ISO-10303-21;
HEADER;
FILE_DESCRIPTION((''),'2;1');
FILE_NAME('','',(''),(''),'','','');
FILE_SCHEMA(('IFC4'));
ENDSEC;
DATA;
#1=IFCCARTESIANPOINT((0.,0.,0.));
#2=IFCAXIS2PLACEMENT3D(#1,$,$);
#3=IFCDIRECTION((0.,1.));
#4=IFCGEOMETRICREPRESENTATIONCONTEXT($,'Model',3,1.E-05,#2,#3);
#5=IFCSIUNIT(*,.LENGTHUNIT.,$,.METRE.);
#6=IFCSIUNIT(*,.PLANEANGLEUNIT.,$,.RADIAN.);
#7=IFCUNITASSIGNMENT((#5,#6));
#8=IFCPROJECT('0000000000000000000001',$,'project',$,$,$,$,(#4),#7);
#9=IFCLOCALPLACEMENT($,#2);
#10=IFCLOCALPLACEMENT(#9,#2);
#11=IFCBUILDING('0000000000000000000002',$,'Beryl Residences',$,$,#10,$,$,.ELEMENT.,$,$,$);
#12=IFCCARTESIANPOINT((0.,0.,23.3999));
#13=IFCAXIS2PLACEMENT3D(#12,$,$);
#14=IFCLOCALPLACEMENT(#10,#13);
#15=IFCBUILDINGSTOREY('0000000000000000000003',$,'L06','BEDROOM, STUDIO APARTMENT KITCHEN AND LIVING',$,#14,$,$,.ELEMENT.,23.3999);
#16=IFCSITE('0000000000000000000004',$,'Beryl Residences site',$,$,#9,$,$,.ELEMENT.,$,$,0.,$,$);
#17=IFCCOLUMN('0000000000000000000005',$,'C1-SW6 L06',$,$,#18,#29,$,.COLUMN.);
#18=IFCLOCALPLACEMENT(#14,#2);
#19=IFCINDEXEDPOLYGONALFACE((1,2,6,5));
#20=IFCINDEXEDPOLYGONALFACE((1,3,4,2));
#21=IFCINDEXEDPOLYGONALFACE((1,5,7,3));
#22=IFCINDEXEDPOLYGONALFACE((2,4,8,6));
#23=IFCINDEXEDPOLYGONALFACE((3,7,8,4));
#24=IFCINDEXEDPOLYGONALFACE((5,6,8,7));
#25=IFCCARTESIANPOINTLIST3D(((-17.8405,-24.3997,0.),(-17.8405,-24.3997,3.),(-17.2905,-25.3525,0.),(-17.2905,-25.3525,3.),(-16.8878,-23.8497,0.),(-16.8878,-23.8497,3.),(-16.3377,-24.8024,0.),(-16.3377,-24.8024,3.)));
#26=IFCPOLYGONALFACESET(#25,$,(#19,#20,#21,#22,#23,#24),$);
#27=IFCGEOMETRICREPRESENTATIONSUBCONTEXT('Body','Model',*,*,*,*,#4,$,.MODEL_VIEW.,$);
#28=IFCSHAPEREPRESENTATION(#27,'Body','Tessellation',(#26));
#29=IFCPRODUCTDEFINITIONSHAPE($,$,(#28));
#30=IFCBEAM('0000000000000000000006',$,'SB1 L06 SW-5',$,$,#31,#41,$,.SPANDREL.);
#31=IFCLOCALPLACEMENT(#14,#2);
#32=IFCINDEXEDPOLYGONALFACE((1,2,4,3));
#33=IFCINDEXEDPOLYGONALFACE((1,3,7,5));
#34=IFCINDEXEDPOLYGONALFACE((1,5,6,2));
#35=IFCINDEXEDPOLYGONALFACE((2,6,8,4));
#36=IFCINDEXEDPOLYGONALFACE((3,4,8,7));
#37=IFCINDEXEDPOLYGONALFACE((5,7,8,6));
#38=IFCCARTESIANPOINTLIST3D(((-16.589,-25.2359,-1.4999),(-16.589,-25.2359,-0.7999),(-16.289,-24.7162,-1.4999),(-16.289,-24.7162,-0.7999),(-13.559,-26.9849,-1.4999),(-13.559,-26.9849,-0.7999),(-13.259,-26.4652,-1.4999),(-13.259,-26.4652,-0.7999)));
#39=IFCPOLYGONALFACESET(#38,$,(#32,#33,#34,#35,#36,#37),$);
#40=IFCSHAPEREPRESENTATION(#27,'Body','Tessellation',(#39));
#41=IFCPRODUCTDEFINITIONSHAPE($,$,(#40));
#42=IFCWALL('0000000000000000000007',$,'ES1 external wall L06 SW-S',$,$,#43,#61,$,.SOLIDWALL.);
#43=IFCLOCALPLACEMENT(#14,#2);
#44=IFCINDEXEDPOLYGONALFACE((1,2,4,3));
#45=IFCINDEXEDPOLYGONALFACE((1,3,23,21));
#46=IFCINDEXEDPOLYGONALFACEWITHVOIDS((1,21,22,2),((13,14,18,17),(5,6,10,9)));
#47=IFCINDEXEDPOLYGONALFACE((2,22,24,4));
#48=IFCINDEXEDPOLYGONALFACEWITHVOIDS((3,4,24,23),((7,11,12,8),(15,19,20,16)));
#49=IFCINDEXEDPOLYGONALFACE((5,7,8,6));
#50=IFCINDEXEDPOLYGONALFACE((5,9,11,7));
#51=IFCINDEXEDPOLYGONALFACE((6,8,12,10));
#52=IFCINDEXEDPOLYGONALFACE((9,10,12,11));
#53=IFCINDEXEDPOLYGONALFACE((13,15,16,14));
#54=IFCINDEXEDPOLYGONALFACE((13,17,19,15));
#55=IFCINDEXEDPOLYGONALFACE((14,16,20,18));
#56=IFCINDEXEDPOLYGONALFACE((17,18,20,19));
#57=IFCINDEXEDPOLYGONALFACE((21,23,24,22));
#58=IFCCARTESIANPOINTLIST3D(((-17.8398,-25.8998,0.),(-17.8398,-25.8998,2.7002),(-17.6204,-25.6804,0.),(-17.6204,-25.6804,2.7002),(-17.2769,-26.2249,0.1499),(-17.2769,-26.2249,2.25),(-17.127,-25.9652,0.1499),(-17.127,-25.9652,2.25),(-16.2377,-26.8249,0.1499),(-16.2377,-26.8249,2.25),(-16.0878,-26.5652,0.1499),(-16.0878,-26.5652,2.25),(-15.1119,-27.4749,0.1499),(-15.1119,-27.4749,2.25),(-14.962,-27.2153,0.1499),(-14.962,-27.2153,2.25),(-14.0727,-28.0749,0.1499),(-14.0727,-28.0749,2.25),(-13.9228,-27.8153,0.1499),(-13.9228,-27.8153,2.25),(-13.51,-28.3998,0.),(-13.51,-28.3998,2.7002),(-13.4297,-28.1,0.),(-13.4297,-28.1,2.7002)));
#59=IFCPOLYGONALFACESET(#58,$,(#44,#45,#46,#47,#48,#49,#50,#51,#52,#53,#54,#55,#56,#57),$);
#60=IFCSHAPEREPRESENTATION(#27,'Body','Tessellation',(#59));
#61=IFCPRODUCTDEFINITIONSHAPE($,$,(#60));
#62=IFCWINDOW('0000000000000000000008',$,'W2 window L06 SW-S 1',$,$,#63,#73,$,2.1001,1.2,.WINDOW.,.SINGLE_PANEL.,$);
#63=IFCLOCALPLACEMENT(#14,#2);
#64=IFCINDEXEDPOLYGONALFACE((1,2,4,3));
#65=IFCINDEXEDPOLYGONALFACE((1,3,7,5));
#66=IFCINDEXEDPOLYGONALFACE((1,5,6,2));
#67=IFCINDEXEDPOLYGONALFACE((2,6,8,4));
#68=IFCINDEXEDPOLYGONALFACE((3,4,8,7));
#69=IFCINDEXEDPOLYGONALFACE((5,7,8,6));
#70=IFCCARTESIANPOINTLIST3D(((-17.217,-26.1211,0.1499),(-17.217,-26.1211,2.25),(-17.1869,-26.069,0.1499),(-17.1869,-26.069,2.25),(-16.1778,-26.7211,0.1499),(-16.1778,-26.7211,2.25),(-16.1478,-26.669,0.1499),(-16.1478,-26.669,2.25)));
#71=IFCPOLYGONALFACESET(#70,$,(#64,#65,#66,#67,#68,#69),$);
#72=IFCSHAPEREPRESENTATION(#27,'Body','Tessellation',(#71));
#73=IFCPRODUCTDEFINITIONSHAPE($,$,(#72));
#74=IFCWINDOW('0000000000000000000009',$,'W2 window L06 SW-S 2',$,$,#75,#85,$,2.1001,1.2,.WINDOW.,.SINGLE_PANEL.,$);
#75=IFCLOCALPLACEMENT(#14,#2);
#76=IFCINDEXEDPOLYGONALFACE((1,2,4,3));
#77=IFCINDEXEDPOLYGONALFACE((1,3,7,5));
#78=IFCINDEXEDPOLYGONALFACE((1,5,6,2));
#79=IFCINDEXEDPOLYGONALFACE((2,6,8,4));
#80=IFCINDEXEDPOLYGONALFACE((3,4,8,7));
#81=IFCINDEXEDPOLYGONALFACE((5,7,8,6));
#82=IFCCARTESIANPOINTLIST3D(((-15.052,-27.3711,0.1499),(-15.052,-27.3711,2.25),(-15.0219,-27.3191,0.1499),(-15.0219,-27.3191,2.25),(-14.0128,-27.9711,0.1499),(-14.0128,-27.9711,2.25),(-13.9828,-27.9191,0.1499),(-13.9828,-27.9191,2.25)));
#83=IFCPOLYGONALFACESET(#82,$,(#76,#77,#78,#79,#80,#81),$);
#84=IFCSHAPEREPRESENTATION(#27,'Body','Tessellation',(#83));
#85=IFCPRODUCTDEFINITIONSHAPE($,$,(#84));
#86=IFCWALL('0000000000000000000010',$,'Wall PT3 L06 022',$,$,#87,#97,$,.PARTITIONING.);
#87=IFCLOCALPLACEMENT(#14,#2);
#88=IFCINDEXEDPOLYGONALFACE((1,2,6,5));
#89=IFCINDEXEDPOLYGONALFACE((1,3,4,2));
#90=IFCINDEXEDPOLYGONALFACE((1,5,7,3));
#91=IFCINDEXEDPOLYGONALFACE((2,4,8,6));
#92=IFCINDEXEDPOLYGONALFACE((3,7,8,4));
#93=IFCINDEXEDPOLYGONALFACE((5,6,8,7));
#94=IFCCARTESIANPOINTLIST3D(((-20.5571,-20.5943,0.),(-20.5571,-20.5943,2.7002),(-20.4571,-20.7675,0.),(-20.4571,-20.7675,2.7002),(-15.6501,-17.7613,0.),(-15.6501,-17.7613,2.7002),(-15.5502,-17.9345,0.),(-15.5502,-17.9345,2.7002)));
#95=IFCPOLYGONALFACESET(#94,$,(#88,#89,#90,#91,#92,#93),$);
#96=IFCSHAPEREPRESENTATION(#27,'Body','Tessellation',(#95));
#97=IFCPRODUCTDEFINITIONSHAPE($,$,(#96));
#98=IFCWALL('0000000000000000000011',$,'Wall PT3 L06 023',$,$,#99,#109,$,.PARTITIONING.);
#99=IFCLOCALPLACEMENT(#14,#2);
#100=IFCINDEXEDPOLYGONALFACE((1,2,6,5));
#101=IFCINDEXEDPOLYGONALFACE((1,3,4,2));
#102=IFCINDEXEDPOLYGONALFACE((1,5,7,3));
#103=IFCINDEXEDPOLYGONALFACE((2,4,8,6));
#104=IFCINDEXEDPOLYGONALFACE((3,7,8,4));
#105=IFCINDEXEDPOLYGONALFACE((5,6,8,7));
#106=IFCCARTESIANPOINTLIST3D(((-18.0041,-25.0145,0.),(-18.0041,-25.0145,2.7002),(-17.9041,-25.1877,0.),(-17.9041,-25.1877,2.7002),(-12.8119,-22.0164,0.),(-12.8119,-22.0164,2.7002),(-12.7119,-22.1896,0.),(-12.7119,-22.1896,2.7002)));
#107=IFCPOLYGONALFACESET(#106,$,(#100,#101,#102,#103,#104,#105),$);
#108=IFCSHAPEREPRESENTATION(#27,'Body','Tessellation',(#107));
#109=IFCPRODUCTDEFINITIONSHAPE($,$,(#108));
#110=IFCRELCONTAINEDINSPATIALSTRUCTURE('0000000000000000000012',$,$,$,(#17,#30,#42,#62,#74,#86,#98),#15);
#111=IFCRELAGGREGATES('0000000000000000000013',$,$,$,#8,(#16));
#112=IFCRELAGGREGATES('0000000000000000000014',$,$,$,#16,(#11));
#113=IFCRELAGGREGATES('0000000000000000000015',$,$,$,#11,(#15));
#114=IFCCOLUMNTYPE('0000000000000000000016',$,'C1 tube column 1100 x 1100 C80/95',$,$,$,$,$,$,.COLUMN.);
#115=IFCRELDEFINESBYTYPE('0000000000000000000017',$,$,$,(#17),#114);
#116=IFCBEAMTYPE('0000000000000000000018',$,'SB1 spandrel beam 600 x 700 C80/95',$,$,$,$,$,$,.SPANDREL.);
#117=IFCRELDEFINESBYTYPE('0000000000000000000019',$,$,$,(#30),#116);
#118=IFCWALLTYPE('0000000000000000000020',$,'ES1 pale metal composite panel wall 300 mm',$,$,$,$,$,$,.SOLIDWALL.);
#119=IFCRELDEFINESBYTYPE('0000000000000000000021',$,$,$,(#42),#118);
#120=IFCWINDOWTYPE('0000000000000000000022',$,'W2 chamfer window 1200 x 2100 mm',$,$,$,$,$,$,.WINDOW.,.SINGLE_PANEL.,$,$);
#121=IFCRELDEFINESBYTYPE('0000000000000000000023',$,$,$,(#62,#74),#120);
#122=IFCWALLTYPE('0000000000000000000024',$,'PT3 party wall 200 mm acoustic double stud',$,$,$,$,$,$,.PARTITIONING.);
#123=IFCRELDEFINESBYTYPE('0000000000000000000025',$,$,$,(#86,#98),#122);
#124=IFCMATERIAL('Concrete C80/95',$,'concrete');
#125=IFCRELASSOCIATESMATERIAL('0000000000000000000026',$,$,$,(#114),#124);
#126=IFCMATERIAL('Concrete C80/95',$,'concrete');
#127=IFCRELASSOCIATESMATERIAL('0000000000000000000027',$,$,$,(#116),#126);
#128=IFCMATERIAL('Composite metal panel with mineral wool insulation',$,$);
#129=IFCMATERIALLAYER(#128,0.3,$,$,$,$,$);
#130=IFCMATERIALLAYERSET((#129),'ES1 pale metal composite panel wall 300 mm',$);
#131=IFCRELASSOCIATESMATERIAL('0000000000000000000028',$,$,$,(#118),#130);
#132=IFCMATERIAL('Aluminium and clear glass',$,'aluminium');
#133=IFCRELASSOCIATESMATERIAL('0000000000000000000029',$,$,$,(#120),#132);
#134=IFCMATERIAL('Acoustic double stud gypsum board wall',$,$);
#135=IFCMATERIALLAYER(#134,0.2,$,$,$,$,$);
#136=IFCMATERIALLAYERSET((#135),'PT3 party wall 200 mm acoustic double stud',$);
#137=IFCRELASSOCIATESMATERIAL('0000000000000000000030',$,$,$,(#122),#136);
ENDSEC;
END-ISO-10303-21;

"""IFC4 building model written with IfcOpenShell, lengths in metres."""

from ifc_helpers import new_model, si_unit, direction, frame, frame_2d, origin, origin_2d, place, context, subcontext, project, spatial, polyline, rectangle, outline, extrude, material, layer, layer_set, material_profile, profile_set, type_object, element, fill, save


model = new_model("IFC4")

# Units and contexts
model_context = context("Model", 3, precision=1e-05, world=origin(), true_north=direction((0.0, 1.0)))
body_context = subcontext(model_context, "Body", "Model", "MODEL_VIEW")
ifc_project = project(units=[si_unit("LENGTHUNIT", "METRE"), si_unit("PLANEANGLEUNIT", "RADIAN")], contexts=[model_context])

# Site, building, storey
site_placement = place(None, origin())
site = spatial("IfcSite", under=ifc_project, at=site_placement, Name="Beryl Residences site", CompositionType="ELEMENT", RefElevation=0.0)
building_placement = place(site_placement, origin())
building = spatial("IfcBuilding", under=site, at=building_placement, Name="Beryl Residences", CompositionType="ELEMENT")
storey_placement = place(building_placement, frame((0.0, 0.0, 23.3999)))
storey = spatial("IfcBuildingStorey", under=building, at=storey_placement, Name="L06", Description="BEDROOM, STUDIO APARTMENT KITCHEN AND LIVING", CompositionType="ELEMENT", Elevation=23.3999)

# Column
ifc_material_1 = material(Name="Concrete C80/95", Category="concrete")
ifc_material_profile_1 = material_profile(ifc_material_1, rectangle(XDim=1.1001, YDim=1.1001, at=origin_2d()))
ifc_profile_set_1 = profile_set([ifc_material_profile_1], Name="Concrete C80/95")
column_type = type_object("IfcColumnType", Name="C1 tube column 1100 x 1100 C80/95", PredefinedType="COLUMN", material=ifc_profile_set_1)
column_placement = place(storey_placement, frame((-17.0891, -24.6011, 0.0), z_axis=(0.0, 0.0, 1.0), x_axis=(0.499985, -0.866034, 0.0)))
element("IfcColumn", 1, at=column_placement, inside=storey, type_object=column_type, Name="C1-SW6 L06", PredefinedType="COLUMN", context=body_context, shape_type="SweptSolid", body=[
    extrude(rectangle(XDim=1.1001, YDim=1.1001, at=origin_2d()), origin(), (0.0, 0.0, 1.0), 3.0),
])

# Beam
ifc_material_2 = material(Name="Concrete C80/95", Category="concrete")
ifc_material_profile_2 = material_profile(ifc_material_2, rectangle(XDim=0.6001, YDim=0.7, at=origin_2d()))
ifc_profile_set_2 = profile_set([ifc_material_profile_2], Name="Concrete C80/95")
beam_type = type_object("IfcBeamType", Name="SB1 spandrel beam 600 x 700 C80/95", PredefinedType="SPANDREL", material=ifc_profile_set_2)
beam_placement = place(storey_placement, frame((-16.439, -24.9761, -1.1499), z_axis=(0.866071, -0.499922, 0.0), x_axis=(0.499922, 0.866071, 0.0)))
element("IfcBeam", 2, at=beam_placement, inside=storey, type_object=beam_type, Name="SB1 L06 SW-5", PredefinedType="SPANDREL", context=body_context, shape_type="SweptSolid", body=[
    extrude(rectangle(XDim=0.6001, YDim=0.7, at=origin_2d()), origin(), (0.0, 0.0, 1.0), 3.4985),
])

# Wall, openings, windows
ifc_material_3 = material(Name="Composite metal panel with mineral wool insulation")
ifc_layer_1 = layer(ifc_material_3, 0.3)
ifc_layer_set_1 = layer_set([ifc_layer_1], Name="ES1 pale metal composite panel wall 300 mm")
wall_type_1 = type_object("IfcWallType", Name="ES1 pale metal composite panel wall 300 mm", PredefinedType="SOLIDWALL", material=ifc_layer_set_1)
wall_1_placement = place(storey_placement, frame((-17.7649, -25.77, 0.0), z_axis=(0.0, 0.0, 1.0), x_axis=(0.866011, -0.500025, 0.0)))
wall_1 = element("IfcWall", 3, at=wall_1_placement, inside=storey, type_object=wall_type_1, Name="ES1 external wall L06 SW-S", PredefinedType="SOLIDWALL", context=body_context, shape_type="SweptSolid", body=[
    extrude(outline(polyline([(0.0, -0.1499), (4.9998, -0.1499), (4.9194, 0.1499), (0.0803, 0.1499), (0.0, -0.1499)])), origin(), (0.0, 0.0, 1.0), 2.7002),
])
opening_1_placement = place(wall_1_placement, frame((0.6499, 0.0, 0.1499)))
opening_1 = element("IfcOpeningElement", 4, at=opening_1_placement, cuts=wall_1, PredefinedType="OPENING", context=body_context, shape_type="SweptSolid", body=[
    extrude(rectangle(XDim=1.2, YDim=2.1001, at=frame_2d((0.6001, 1.05))), frame((0.0, 0.1599, 0.0), z_axis=(0.0, -1.0, 0.0), x_axis=(1.0, 0.0, 0.0)), (0.0, 0.0, 1.0), 0.3201),
])
opening_2_placement = place(wall_1_placement, frame((3.1499, 0.0, 0.1499)))
opening_2 = element("IfcOpeningElement", 5, at=opening_2_placement, cuts=wall_1, PredefinedType="OPENING", context=body_context, shape_type="SweptSolid", body=[
    extrude(rectangle(XDim=1.2, YDim=2.1001, at=frame_2d((0.6001, 1.05))), frame((0.0, 0.1599, 0.0), z_axis=(0.0, -1.0, 0.0), x_axis=(1.0, 0.0, 0.0)), (0.0, 0.0, 1.0), 0.3201),
])
ifc_material_4 = material(Name="Aluminium and clear glass", Category="aluminium")
window_type = type_object("IfcWindowType", Name="W2 chamfer window 1200 x 2100 mm", PartitioningType="SINGLE_PANEL", PredefinedType="WINDOW", material=ifc_material_4)
window_1_placement = place(opening_1_placement, origin())
window_1 = element("IfcWindow", 6, at=window_1_placement, inside=storey, type_object=window_type, Name="W2 window L06 SW-S 1", OverallHeight=2.1001, OverallWidth=1.2, PartitioningType="SINGLE_PANEL", PredefinedType="WINDOW", context=body_context, shape_type="SweptSolid", body=[
    extrude(rectangle(XDim=1.2, YDim=2.1001, at=frame_2d((0.6001, 1.05))), frame((0.0, 0.03, 0.0), z_axis=(0.0, -1.0, 0.0), x_axis=(1.0, 0.0, 0.0)), (0.0, 0.0, 1.0), 0.0601),
])
fill(opening_1, window_1)
window_2_placement = place(opening_2_placement, origin())
window_2 = element("IfcWindow", 7, at=window_2_placement, inside=storey, type_object=window_type, Name="W2 window L06 SW-S 2", OverallHeight=2.1001, OverallWidth=1.2, PartitioningType="SINGLE_PANEL", PredefinedType="WINDOW", context=body_context, shape_type="SweptSolid", body=[
    extrude(rectangle(XDim=1.2, YDim=2.1001, at=frame_2d((0.6001, 1.05))), frame((0.0, 0.03, 0.0), z_axis=(0.0, -1.0, 0.0), x_axis=(1.0, 0.0, 0.0)), (0.0, 0.0, 1.0), 0.0601),
])
fill(opening_2, window_2)

# Walls
ifc_material_5 = material(Name="Acoustic double stud gypsum board wall")
ifc_layer_2 = layer(ifc_material_5, 0.2)
ifc_layer_set_2 = layer_set([ifc_layer_2], Name="PT3 party wall 200 mm acoustic double stud")
wall_type_2 = type_object("IfcWallType", Name="PT3 party wall 200 mm acoustic double stud", PredefinedType="PARTITIONING", material=ifc_layer_set_2)
wall_2_placement = place(storey_placement, frame((-20.5071, -20.6809, 0.0), z_axis=(0.0, 0.0, 1.0), x_axis=(0.866028, 0.499995, 0.0)))
element("IfcWall", 8, at=wall_2_placement, inside=storey, type_object=wall_type_2, Name="Wall PT3 L06 022", PredefinedType="PARTITIONING", context=body_context, shape_type="SweptSolid", body=[
    extrude(rectangle(XDim=5.666, YDim=0.2, at=frame_2d((2.833, 0.0))), origin(), (0.0, 0.0, 1.0), 2.7002),
])
wall_3_placement = place(storey_placement, frame((-17.9541, -25.1011, 0.0), z_axis=(0.0, 0.0, 1.0), x_axis=(0.865999, 0.500046, 0.0)))
element("IfcWall", 9, at=wall_3_placement, inside=storey, type_object=wall_type_2, Name="Wall PT3 L06 023", PredefinedType="PARTITIONING", context=body_context, shape_type="SweptSolid", body=[
    extrude(rectangle(XDim=5.9956, YDim=0.2, at=frame_2d((2.9978, 0.0))), origin(), (0.0, 0.0, 1.0), 2.7002),
])

save(model, "model.ifc")
